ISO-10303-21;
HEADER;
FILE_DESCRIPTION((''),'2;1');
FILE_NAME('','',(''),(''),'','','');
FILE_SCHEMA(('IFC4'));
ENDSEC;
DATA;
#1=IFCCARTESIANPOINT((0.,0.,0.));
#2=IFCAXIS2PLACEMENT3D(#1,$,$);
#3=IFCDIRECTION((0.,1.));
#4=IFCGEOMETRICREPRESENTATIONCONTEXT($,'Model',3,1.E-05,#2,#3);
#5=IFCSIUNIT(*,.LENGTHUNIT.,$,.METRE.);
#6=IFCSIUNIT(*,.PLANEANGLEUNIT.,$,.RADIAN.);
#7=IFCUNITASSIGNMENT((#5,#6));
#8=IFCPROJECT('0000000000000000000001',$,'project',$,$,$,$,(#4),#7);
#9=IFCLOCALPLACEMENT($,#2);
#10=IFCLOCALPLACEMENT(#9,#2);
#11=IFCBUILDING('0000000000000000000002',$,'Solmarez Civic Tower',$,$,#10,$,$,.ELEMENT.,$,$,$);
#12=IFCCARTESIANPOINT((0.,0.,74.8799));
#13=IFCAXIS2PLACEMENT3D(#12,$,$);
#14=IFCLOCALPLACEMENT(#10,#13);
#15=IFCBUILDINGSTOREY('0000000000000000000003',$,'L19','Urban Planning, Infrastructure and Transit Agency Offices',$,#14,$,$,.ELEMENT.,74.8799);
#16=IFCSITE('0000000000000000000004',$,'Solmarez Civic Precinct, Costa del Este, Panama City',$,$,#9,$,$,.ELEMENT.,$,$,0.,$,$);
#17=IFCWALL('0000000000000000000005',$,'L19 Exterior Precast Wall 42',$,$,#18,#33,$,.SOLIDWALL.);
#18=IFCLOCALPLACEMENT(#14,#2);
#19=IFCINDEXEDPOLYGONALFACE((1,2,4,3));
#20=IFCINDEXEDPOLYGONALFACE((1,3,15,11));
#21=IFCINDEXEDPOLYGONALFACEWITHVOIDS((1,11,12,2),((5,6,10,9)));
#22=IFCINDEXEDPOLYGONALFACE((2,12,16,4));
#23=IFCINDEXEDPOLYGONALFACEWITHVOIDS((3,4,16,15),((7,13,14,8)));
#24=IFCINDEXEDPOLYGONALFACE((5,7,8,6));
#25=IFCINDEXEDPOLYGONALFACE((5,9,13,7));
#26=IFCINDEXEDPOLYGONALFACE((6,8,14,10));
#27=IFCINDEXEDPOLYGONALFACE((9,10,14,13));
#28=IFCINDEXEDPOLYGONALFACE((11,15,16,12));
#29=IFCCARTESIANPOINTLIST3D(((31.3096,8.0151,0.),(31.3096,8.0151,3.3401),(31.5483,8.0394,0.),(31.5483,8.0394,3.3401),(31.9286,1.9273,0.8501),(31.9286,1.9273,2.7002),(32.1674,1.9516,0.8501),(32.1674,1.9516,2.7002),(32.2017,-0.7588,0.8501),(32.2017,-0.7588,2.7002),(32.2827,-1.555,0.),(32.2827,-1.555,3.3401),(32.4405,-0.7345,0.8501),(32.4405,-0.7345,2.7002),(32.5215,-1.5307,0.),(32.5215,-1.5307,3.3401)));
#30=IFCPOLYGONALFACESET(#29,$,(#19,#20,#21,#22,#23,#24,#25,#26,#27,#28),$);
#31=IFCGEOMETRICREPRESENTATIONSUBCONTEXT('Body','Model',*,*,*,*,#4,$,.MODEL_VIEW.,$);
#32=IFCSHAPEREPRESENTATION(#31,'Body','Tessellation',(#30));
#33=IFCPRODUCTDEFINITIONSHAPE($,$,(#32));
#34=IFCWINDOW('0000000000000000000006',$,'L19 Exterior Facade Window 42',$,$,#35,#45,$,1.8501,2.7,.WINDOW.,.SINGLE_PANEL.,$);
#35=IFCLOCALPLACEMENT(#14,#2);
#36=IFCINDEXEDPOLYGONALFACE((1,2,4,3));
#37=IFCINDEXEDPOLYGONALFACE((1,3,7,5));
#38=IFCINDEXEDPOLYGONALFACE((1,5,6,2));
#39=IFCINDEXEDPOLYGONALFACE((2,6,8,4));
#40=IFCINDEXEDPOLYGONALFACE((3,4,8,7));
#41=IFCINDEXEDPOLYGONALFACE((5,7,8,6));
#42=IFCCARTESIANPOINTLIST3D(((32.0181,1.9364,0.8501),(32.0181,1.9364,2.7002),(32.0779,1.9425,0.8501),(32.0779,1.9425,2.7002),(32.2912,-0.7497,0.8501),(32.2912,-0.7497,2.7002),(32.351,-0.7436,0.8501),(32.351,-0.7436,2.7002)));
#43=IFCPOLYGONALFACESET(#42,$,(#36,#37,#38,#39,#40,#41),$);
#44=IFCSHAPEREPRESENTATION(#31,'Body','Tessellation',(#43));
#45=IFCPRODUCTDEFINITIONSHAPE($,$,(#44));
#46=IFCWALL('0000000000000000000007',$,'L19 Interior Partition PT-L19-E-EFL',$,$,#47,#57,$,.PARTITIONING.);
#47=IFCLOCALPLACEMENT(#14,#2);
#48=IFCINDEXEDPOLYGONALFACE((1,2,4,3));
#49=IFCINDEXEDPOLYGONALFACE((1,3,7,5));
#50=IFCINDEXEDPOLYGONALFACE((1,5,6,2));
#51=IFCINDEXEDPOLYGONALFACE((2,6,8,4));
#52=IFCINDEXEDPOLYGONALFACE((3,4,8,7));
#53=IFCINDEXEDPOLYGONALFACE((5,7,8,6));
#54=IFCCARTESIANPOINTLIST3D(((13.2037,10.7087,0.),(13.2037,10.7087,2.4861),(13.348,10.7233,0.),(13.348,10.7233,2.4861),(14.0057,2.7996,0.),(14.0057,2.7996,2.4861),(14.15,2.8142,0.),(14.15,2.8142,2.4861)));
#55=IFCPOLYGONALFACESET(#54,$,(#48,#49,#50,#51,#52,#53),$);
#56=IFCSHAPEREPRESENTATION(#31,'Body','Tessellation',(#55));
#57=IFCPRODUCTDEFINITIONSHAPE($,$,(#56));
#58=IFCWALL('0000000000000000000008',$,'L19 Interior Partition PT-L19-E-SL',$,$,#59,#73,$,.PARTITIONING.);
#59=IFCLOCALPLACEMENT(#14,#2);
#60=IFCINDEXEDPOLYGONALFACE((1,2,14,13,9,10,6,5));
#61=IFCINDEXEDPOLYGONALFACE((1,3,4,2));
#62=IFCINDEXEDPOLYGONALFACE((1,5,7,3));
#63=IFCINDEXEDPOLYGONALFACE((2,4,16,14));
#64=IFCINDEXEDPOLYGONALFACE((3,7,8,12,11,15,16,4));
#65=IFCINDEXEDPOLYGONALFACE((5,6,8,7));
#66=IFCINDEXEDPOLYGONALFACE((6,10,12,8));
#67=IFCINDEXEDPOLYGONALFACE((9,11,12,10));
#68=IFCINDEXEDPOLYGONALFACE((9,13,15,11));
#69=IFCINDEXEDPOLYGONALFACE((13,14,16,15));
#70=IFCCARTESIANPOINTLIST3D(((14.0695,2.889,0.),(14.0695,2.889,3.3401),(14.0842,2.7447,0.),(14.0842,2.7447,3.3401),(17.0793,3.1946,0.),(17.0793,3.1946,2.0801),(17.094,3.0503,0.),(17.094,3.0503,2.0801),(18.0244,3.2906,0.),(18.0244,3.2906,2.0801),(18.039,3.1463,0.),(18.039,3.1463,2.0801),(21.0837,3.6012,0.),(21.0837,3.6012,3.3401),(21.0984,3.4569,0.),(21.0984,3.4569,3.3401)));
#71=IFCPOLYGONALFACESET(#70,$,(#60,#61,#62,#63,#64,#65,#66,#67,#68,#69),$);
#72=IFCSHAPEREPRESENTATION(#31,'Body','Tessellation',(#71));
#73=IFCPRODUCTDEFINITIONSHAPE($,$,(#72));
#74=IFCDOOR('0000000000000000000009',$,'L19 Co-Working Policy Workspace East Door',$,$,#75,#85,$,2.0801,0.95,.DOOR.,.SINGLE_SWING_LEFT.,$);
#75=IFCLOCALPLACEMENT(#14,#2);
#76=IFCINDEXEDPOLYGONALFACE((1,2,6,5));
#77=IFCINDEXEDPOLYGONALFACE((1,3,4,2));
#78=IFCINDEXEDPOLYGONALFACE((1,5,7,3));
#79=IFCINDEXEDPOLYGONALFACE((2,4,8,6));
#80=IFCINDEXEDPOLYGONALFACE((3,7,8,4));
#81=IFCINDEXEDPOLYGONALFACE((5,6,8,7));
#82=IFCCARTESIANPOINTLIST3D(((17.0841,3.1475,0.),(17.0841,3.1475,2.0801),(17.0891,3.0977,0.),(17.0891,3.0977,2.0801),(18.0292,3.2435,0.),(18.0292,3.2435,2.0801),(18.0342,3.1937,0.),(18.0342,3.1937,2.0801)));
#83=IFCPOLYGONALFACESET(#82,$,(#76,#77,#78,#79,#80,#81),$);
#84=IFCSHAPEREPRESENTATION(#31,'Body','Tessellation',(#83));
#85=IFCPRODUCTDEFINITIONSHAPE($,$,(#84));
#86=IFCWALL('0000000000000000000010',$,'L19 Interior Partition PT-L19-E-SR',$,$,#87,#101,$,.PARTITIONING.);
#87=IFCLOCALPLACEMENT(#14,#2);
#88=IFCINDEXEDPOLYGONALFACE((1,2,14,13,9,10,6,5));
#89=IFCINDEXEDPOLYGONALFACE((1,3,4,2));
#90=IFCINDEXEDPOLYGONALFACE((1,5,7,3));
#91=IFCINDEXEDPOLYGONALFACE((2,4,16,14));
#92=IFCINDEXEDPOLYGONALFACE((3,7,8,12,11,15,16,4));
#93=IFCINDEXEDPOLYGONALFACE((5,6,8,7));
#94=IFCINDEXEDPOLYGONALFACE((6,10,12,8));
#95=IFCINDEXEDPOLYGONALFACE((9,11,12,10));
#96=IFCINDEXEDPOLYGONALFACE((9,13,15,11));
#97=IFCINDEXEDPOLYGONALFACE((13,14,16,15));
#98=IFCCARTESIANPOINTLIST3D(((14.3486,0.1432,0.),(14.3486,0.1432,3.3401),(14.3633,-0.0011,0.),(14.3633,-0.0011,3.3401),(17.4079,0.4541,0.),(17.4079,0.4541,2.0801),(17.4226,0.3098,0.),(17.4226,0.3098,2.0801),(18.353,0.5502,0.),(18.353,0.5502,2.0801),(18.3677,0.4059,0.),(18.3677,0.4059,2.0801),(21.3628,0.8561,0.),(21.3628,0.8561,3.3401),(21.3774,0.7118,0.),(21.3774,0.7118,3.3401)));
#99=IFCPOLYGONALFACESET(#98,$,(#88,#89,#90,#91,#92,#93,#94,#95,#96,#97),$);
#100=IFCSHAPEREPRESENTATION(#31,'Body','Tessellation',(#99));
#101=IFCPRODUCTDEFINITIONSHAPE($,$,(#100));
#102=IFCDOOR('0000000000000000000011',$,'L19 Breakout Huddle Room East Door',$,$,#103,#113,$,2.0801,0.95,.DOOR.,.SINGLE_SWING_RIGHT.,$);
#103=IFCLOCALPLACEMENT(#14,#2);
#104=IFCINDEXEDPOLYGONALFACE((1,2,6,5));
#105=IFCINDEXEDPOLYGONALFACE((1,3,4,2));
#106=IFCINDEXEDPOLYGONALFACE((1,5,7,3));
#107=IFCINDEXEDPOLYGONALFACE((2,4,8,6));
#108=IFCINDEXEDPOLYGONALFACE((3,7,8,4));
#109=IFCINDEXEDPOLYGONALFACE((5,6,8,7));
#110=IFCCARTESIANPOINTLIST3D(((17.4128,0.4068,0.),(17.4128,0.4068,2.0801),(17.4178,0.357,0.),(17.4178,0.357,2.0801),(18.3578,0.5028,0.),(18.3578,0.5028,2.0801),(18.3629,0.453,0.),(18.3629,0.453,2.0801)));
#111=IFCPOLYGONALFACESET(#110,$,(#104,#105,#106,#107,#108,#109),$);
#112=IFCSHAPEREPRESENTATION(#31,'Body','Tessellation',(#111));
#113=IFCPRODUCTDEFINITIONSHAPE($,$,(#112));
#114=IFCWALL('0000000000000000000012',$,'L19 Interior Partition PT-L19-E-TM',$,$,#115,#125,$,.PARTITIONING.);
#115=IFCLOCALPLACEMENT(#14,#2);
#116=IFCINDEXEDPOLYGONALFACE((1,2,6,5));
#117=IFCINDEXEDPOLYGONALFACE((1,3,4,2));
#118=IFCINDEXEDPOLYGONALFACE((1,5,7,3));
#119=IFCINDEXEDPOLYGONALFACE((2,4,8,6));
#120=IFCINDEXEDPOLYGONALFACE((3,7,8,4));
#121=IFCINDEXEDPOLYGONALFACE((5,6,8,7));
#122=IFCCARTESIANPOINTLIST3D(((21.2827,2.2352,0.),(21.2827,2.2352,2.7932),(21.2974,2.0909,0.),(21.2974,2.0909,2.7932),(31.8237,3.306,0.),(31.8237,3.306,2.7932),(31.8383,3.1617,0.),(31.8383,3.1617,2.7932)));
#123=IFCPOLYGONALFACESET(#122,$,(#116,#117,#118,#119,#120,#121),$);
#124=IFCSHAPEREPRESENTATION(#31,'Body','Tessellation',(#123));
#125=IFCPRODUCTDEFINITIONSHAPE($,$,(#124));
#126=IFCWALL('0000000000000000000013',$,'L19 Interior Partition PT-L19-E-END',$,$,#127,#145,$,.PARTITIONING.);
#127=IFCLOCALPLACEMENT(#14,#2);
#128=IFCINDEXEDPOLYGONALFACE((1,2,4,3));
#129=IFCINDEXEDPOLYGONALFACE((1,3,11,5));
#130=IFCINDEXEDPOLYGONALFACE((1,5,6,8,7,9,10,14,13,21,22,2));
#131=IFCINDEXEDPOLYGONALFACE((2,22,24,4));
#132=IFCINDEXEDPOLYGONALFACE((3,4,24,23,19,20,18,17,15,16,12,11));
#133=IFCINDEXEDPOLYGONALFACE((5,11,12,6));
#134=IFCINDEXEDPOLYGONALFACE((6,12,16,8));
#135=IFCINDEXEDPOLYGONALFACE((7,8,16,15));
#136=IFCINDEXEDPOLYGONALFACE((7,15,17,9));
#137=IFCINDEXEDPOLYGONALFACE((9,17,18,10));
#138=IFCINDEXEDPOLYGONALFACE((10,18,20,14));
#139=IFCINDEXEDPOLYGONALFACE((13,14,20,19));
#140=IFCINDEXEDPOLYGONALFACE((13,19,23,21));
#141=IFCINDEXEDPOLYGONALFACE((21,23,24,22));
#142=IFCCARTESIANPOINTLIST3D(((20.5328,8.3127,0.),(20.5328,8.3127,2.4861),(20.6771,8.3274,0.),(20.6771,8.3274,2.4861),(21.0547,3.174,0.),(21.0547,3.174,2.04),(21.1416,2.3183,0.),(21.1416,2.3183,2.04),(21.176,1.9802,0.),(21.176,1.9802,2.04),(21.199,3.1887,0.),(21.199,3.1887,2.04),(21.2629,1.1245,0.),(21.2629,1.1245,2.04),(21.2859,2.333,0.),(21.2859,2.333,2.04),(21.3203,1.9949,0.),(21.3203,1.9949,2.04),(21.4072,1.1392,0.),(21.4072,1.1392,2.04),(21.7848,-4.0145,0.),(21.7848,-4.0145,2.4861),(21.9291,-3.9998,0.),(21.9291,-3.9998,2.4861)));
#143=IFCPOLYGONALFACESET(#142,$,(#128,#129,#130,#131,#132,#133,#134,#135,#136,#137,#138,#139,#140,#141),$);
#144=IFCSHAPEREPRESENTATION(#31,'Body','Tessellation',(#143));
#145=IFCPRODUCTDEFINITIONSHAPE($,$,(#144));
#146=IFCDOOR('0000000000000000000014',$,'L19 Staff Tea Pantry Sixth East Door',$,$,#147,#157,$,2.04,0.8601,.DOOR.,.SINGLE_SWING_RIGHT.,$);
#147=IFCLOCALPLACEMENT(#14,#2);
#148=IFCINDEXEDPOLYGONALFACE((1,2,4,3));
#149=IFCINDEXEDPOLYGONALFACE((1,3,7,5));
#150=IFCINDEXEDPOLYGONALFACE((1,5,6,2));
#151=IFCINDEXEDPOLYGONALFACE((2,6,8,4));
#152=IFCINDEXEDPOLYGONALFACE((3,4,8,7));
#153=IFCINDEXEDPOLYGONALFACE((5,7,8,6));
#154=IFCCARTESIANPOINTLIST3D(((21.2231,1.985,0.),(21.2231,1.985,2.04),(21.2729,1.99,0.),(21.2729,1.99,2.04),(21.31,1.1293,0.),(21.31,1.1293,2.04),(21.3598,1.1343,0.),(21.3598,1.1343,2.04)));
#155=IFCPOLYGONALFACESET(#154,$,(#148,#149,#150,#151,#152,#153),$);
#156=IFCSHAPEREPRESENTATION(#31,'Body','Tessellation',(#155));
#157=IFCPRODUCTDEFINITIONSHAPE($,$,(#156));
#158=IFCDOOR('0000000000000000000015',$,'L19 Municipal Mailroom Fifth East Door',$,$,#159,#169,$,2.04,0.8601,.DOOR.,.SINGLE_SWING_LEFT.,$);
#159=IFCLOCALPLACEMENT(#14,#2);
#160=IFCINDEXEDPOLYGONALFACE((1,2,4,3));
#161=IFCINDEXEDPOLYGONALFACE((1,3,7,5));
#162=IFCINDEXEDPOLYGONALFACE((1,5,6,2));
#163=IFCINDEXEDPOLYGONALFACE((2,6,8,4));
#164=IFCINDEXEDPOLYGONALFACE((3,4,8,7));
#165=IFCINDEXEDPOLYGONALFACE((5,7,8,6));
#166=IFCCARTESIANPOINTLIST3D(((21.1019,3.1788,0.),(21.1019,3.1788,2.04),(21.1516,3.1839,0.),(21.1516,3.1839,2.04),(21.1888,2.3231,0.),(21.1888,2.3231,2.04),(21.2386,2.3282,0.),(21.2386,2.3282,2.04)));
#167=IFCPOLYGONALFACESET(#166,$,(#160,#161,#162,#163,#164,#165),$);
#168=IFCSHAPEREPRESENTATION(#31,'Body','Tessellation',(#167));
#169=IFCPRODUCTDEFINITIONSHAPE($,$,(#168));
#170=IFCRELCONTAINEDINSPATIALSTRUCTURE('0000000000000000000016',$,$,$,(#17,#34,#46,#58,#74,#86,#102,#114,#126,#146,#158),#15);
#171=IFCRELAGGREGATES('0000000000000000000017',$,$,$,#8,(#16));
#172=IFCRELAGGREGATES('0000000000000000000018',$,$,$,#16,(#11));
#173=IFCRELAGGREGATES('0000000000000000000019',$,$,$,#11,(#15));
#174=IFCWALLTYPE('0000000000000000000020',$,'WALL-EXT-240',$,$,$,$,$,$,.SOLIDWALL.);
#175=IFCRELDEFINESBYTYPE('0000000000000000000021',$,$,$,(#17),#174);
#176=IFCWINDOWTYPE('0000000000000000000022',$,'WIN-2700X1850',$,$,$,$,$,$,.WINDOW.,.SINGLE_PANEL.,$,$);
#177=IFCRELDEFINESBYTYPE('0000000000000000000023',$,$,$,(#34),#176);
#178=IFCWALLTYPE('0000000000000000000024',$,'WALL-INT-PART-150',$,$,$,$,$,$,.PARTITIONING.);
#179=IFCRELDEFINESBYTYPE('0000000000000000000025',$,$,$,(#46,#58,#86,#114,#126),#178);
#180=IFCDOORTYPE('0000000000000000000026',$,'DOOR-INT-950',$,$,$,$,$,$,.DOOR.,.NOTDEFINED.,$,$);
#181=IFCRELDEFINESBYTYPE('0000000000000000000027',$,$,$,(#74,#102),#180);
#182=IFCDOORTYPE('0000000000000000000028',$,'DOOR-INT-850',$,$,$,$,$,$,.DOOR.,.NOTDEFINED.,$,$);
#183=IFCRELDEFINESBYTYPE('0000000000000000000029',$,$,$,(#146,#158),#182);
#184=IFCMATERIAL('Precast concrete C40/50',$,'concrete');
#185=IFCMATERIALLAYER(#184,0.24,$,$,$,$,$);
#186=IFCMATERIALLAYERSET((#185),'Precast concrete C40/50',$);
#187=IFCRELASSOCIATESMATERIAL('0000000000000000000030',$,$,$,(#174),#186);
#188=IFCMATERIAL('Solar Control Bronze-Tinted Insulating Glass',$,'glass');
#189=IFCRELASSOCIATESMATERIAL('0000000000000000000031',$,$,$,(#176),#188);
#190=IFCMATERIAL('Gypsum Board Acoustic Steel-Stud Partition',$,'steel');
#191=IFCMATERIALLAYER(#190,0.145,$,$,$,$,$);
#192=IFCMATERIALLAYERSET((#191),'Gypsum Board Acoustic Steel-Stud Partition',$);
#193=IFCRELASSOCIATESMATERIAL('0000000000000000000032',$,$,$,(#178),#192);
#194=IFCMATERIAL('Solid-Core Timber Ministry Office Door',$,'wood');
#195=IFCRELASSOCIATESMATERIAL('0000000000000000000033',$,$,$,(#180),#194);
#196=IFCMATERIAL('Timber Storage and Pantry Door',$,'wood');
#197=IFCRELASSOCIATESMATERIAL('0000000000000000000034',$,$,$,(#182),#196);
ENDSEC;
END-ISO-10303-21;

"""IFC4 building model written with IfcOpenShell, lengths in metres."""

from ifc_helpers import new_model, si_unit, direction, frame, frame_2d, origin, place, context, subcontext, project, spatial, rectangle, extrude, material, layer, layer_set, type_object, element, fill, save


model = new_model("IFC4")

# Units and contexts
model_context = context("Model", 3, precision=1e-05, world=origin(), true_north=direction((0.0, 1.0)))
body_context = subcontext(model_context, "Body", "Model", "MODEL_VIEW")
ifc_project = project(units=[si_unit("LENGTHUNIT", "METRE"), si_unit("PLANEANGLEUNIT", "RADIAN")], contexts=[model_context])

# Site, building, storey
site_placement = place(None, origin())
site = spatial("IfcSite", under=ifc_project, at=site_placement, Name="Solmarez Civic Precinct, Costa del Este, Panama City", CompositionType="ELEMENT", RefElevation=0.0)
building_placement = place(site_placement, origin())
building = spatial("IfcBuilding", under=site, at=building_placement, Name="Solmarez Civic Tower", CompositionType="ELEMENT")
storey_placement = place(building_placement, frame((0.0, 0.0, 74.8799)))
storey = spatial("IfcBuildingStorey", under=building, at=storey_placement, Name="L19", Description="Urban Planning, Infrastructure and Transit Agency Offices", CompositionType="ELEMENT", Elevation=74.8799)

# Shared definitions
ifc_material_1 = material(Name="Precast concrete C40/50", Category="concrete")
ifc_layer_1 = layer(ifc_material_1, 0.24)
ifc_layer_set_1 = layer_set([ifc_layer_1], Name="Precast concrete C40/50")
wall_type_1 = type_object("IfcWallType", Name="WALL-EXT-240", PredefinedType="SOLIDWALL", material=ifc_layer_set_1)

# Wall, opening, window
wall_1_placement = place(storey_placement, frame((31.429, 8.0271, 0.0), z_axis=(0.0, 0.0, 1.0), x_axis=(0.101165, -0.99487, 0.0)))
wall_1 = element("IfcWall", 1, at=wall_1_placement, inside=storey, type_object=wall_type_1, Name="L19 Exterior Precast Wall 42", PredefinedType="SOLIDWALL", context=body_context, shape_type="SweptSolid", body=[
    extrude(rectangle(XDim=9.6194, YDim=0.24, at=frame_2d((4.8096, 0.0))), origin(), (0.0, 0.0, 1.0), 3.3401),
])
opening_1_placement = place(wall_1_placement, frame((6.1189, 0.0, 0.8501)))
opening_1 = element("IfcOpeningElement", 2, at=opening_1_placement, cuts=wall_1, PredefinedType="OPENING", context=body_context, shape_type="SweptSolid", body=[
    extrude(rectangle(XDim=2.7, YDim=1.8501, at=frame_2d((1.3501, 0.925))), frame((0.0, 0.1299, 0.0), z_axis=(0.0, -1.0, 0.0), x_axis=(1.0, 0.0, 0.0)), (0.0, 0.0, 1.0), 0.26),
])
ifc_material_2 = material(Name="Solar Control Bronze-Tinted Insulating Glass", Category="glass")
window_type = type_object("IfcWindowType", Name="WIN-2700X1850", PartitioningType="SINGLE_PANEL", PredefinedType="WINDOW", material=ifc_material_2)
window_placement = place(opening_1_placement, origin())
window = element("IfcWindow", 3, at=window_placement, inside=storey, type_object=window_type, Name="L19 Exterior Facade Window 42", OverallHeight=1.8501, OverallWidth=2.7, PartitioningType="SINGLE_PANEL", PredefinedType="WINDOW", context=body_context, shape_type="SweptSolid", body=[
    extrude(rectangle(XDim=2.7, YDim=1.8501, at=frame_2d((1.3501, 0.925))), frame((0.0, 0.03, 0.0), z_axis=(0.0, -1.0, 0.0), x_axis=(1.0, 0.0, 0.0)), (0.0, 0.0, 1.0), 0.0601),
])
fill(opening_1, window)

# Wall
ifc_material_3 = material(Name="Gypsum Board Acoustic Steel-Stud Partition", Category="steel")
ifc_layer_2 = layer(ifc_material_3, 0.145)
ifc_layer_set_2 = layer_set([ifc_layer_2], Name="Gypsum Board Acoustic Steel-Stud Partition")
wall_type_2 = type_object("IfcWallType", Name="WALL-INT-PART-150", PredefinedType="PARTITIONING", material=ifc_layer_set_2)
wall_2_placement = place(storey_placement, frame((14.0779, 2.8069, 0.0), z_axis=(0.0, 0.0, 1.0), x_axis=(-0.100884, 0.994898, 0.0)))
element("IfcWall", 4, at=wall_2_placement, inside=storey, type_object=wall_type_2, Name="L19 Interior Partition PT-L19-E-EFL", PredefinedType="PARTITIONING", context=body_context, shape_type="SweptSolid", body=[
    extrude(rectangle(XDim=7.9497, YDim=0.145, at=frame_2d((3.9749, 0.0))), origin(), (0.0, 0.0, 1.0), 2.4861),
])

# Walls, openings, doors
wall_3_placement = place(storey_placement, frame((21.0911, 3.5291, 0.0), z_axis=(0.0, 0.0, 1.0), x_axis=(-0.994885, -0.101012, 0.0)))
wall_3 = element("IfcWall", 5, at=wall_3_placement, inside=storey, type_object=wall_type_2, Name="L19 Interior Partition PT-L19-E-SL", PredefinedType="PARTITIONING", context=body_context, shape_type="SweptSolid", body=[
    extrude(rectangle(XDim=7.0503, YDim=0.145, at=frame_2d((3.5251, 0.0))), origin(), (0.0, 0.0, 1.0), 3.3401),
])
opening_2_placement = place(wall_3_placement, frame((3.075, 0.0, 0.0)))
opening_2 = element("IfcOpeningElement", 6, at=opening_2_placement, cuts=wall_3, PredefinedType="OPENING", context=body_context, shape_type="SweptSolid", body=[
    extrude(rectangle(XDim=0.95, YDim=2.0801, at=frame_2d((0.4751, 1.04))), frame((0.0, 0.0825, 0.0), z_axis=(0.0, -1.0, 0.0), x_axis=(1.0, 0.0, 0.0)), (0.0, 0.0, 1.0), 0.165),
])
ifc_material_4 = material(Name="Solid-Core Timber Ministry Office Door", Category="wood")
door_type_1 = type_object("IfcDoorType", Name="DOOR-INT-950", OperationType="NOTDEFINED", PredefinedType="DOOR", material=ifc_material_4)
door_1_placement = place(opening_2_placement, origin())
door_1 = element("IfcDoor", 7, at=door_1_placement, inside=storey, type_object=door_type_1, Name="L19 Co-Working Policy Workspace East Door", OperationType="SINGLE_SWING_LEFT", OverallHeight=2.0801, OverallWidth=0.95, PredefinedType="DOOR", context=body_context, shape_type="SweptSolid", body=[
    extrude(rectangle(XDim=0.95, YDim=2.0801, at=frame_2d((0.4751, 1.04))), frame((0.0, 0.0249, 0.0), z_axis=(0.0, -1.0, 0.0), x_axis=(1.0, 0.0, 0.0)), (0.0, 0.0, 1.0), 0.05),
])
fill(opening_2, door_1)
wall_4_placement = place(storey_placement, frame((14.356, 0.071, 0.0), z_axis=(0.0, 0.0, 1.0), x_axis=(0.994875, 0.101115, 0.0)))
wall_4 = element("IfcWall", 8, at=wall_4_placement, inside=storey, type_object=wall_type_2, Name="L19 Interior Partition PT-L19-E-SR", PredefinedType="PARTITIONING", context=body_context, shape_type="SweptSolid", body=[
    extrude(rectangle(XDim=7.0503, YDim=0.145, at=frame_2d((3.5251, 0.0))), origin(), (0.0, 0.0, 1.0), 3.3401),
])
opening_3_placement = place(wall_4_placement, frame((3.075, 0.0, 0.0)))
opening_3 = element("IfcOpeningElement", 9, at=opening_3_placement, cuts=wall_4, PredefinedType="OPENING", context=body_context, shape_type="SweptSolid", body=[
    extrude(rectangle(XDim=0.95, YDim=2.0801, at=frame_2d((0.4751, 1.04))), frame((0.0, 0.0825, 0.0), z_axis=(0.0, -1.0, 0.0), x_axis=(1.0, 0.0, 0.0)), (0.0, 0.0, 1.0), 0.165),
])
door_2_placement = place(opening_3_placement, origin())
door_2 = element("IfcDoor", 10, at=door_2_placement, inside=storey, type_object=door_type_1, Name="L19 Breakout Huddle Room East Door", OperationType="SINGLE_SWING_RIGHT", OverallHeight=2.0801, OverallWidth=0.95, PredefinedType="DOOR", context=body_context, shape_type="SweptSolid", body=[
    extrude(rectangle(XDim=0.95, YDim=2.0801, at=frame_2d((0.4751, 1.04))), frame((0.0, 0.0249, 0.0), z_axis=(0.0, -1.0, 0.0), x_axis=(1.0, 0.0, 0.0)), (0.0, 0.0, 1.0), 0.05),
])
fill(opening_3, door_2)

# Wall
wall_5_placement = place(storey_placement, frame((21.29, 2.1631, 0.0), z_axis=(0.0, 0.0, 1.0), x_axis=(0.99488, 0.101064, 0.0)))
element("IfcWall", 11, at=wall_5_placement, inside=storey, type_object=wall_type_2, Name="L19 Interior Partition PT-L19-E-TM", PredefinedType="PARTITIONING", context=body_context, shape_type="SweptSolid", body=[
    extrude(rectangle(XDim=10.5952, YDim=0.145, at=frame_2d((5.2976, 0.0))), origin(), (0.0, 0.0, 1.0), 2.7932),
])

# Wall, openings, doors
wall_6_placement = place(storey_placement, frame((20.605, 8.3201, 0.0), z_axis=(0.0, 0.0, 1.0), x_axis=(0.101041, -0.994882, 0.0)))
wall_6 = element("IfcWall", 12, at=wall_6_placement, inside=storey, type_object=wall_type_2, Name="L19 Interior Partition PT-L19-E-END", PredefinedType="PARTITIONING", context=body_context, shape_type="SweptSolid", body=[
    extrude(rectangle(XDim=12.3906, YDim=0.145, at=frame_2d((6.1953, 0.0))), origin(), (0.0, 0.0, 1.0), 2.4861),
])
opening_4_placement = place(wall_6_placement, frame((6.365, 0.0, 0.0)))
opening_4 = element("IfcOpeningElement", 13, at=opening_4_placement, cuts=wall_6, PredefinedType="OPENING", context=body_context, shape_type="SweptSolid", body=[
    extrude(rectangle(XDim=0.8601, YDim=2.04, at=frame_2d((0.4302, 1.02))), frame((0.0, 0.0825, 0.0), z_axis=(0.0, -1.0, 0.0), x_axis=(1.0, 0.0, 0.0)), (0.0, 0.0, 1.0), 0.165),
])
opening_5_placement = place(wall_6_placement, frame((5.165, 0.0, 0.0)))
opening_5 = element("IfcOpeningElement", 14, at=opening_5_placement, cuts=wall_6, PredefinedType="OPENING", context=body_context, shape_type="SweptSolid", body=[
    extrude(rectangle(XDim=0.8601, YDim=2.04, at=frame_2d((0.4302, 1.02))), frame((0.0, 0.0825, 0.0), z_axis=(0.0, -1.0, 0.0), x_axis=(1.0, 0.0, 0.0)), (0.0, 0.0, 1.0), 0.165),
])
ifc_material_5 = material(Name="Timber Storage and Pantry Door", Category="wood")
door_type_2 = type_object("IfcDoorType", Name="DOOR-INT-850", OperationType="NOTDEFINED", PredefinedType="DOOR", material=ifc_material_5)
door_3_placement = place(opening_4_placement, origin())
door_3 = element("IfcDoor", 15, at=door_3_placement, inside=storey, type_object=door_type_2, Name="L19 Staff Tea Pantry Sixth East Door", OperationType="SINGLE_SWING_RIGHT", OverallHeight=2.04, OverallWidth=0.8601, PredefinedType="DOOR", context=body_context, shape_type="SweptSolid", body=[
    extrude(rectangle(XDim=0.8601, YDim=2.04, at=frame_2d((0.4302, 1.02))), frame((0.0, 0.0249, 0.0), z_axis=(0.0, -1.0, 0.0), x_axis=(1.0, 0.0, 0.0)), (0.0, 0.0, 1.0), 0.05),
])
fill(opening_4, door_3)
door_4_placement = place(opening_5_placement, origin())
door_4 = element("IfcDoor", 16, at=door_4_placement, inside=storey, type_object=door_type_2, Name="L19 Municipal Mailroom Fifth East Door", OperationType="SINGLE_SWING_LEFT", OverallHeight=2.04, OverallWidth=0.8601, PredefinedType="DOOR", context=body_context, shape_type="SweptSolid", body=[
    extrude(rectangle(XDim=0.8601, YDim=2.04, at=frame_2d((0.4302, 1.02))), frame((0.0, 0.0249, 0.0), z_axis=(0.0, -1.0, 0.0), x_axis=(1.0, 0.0, 0.0)), (0.0, 0.0, 1.0), 0.05),
])
fill(opening_5, door_4)

save(model, "model.ifc")
